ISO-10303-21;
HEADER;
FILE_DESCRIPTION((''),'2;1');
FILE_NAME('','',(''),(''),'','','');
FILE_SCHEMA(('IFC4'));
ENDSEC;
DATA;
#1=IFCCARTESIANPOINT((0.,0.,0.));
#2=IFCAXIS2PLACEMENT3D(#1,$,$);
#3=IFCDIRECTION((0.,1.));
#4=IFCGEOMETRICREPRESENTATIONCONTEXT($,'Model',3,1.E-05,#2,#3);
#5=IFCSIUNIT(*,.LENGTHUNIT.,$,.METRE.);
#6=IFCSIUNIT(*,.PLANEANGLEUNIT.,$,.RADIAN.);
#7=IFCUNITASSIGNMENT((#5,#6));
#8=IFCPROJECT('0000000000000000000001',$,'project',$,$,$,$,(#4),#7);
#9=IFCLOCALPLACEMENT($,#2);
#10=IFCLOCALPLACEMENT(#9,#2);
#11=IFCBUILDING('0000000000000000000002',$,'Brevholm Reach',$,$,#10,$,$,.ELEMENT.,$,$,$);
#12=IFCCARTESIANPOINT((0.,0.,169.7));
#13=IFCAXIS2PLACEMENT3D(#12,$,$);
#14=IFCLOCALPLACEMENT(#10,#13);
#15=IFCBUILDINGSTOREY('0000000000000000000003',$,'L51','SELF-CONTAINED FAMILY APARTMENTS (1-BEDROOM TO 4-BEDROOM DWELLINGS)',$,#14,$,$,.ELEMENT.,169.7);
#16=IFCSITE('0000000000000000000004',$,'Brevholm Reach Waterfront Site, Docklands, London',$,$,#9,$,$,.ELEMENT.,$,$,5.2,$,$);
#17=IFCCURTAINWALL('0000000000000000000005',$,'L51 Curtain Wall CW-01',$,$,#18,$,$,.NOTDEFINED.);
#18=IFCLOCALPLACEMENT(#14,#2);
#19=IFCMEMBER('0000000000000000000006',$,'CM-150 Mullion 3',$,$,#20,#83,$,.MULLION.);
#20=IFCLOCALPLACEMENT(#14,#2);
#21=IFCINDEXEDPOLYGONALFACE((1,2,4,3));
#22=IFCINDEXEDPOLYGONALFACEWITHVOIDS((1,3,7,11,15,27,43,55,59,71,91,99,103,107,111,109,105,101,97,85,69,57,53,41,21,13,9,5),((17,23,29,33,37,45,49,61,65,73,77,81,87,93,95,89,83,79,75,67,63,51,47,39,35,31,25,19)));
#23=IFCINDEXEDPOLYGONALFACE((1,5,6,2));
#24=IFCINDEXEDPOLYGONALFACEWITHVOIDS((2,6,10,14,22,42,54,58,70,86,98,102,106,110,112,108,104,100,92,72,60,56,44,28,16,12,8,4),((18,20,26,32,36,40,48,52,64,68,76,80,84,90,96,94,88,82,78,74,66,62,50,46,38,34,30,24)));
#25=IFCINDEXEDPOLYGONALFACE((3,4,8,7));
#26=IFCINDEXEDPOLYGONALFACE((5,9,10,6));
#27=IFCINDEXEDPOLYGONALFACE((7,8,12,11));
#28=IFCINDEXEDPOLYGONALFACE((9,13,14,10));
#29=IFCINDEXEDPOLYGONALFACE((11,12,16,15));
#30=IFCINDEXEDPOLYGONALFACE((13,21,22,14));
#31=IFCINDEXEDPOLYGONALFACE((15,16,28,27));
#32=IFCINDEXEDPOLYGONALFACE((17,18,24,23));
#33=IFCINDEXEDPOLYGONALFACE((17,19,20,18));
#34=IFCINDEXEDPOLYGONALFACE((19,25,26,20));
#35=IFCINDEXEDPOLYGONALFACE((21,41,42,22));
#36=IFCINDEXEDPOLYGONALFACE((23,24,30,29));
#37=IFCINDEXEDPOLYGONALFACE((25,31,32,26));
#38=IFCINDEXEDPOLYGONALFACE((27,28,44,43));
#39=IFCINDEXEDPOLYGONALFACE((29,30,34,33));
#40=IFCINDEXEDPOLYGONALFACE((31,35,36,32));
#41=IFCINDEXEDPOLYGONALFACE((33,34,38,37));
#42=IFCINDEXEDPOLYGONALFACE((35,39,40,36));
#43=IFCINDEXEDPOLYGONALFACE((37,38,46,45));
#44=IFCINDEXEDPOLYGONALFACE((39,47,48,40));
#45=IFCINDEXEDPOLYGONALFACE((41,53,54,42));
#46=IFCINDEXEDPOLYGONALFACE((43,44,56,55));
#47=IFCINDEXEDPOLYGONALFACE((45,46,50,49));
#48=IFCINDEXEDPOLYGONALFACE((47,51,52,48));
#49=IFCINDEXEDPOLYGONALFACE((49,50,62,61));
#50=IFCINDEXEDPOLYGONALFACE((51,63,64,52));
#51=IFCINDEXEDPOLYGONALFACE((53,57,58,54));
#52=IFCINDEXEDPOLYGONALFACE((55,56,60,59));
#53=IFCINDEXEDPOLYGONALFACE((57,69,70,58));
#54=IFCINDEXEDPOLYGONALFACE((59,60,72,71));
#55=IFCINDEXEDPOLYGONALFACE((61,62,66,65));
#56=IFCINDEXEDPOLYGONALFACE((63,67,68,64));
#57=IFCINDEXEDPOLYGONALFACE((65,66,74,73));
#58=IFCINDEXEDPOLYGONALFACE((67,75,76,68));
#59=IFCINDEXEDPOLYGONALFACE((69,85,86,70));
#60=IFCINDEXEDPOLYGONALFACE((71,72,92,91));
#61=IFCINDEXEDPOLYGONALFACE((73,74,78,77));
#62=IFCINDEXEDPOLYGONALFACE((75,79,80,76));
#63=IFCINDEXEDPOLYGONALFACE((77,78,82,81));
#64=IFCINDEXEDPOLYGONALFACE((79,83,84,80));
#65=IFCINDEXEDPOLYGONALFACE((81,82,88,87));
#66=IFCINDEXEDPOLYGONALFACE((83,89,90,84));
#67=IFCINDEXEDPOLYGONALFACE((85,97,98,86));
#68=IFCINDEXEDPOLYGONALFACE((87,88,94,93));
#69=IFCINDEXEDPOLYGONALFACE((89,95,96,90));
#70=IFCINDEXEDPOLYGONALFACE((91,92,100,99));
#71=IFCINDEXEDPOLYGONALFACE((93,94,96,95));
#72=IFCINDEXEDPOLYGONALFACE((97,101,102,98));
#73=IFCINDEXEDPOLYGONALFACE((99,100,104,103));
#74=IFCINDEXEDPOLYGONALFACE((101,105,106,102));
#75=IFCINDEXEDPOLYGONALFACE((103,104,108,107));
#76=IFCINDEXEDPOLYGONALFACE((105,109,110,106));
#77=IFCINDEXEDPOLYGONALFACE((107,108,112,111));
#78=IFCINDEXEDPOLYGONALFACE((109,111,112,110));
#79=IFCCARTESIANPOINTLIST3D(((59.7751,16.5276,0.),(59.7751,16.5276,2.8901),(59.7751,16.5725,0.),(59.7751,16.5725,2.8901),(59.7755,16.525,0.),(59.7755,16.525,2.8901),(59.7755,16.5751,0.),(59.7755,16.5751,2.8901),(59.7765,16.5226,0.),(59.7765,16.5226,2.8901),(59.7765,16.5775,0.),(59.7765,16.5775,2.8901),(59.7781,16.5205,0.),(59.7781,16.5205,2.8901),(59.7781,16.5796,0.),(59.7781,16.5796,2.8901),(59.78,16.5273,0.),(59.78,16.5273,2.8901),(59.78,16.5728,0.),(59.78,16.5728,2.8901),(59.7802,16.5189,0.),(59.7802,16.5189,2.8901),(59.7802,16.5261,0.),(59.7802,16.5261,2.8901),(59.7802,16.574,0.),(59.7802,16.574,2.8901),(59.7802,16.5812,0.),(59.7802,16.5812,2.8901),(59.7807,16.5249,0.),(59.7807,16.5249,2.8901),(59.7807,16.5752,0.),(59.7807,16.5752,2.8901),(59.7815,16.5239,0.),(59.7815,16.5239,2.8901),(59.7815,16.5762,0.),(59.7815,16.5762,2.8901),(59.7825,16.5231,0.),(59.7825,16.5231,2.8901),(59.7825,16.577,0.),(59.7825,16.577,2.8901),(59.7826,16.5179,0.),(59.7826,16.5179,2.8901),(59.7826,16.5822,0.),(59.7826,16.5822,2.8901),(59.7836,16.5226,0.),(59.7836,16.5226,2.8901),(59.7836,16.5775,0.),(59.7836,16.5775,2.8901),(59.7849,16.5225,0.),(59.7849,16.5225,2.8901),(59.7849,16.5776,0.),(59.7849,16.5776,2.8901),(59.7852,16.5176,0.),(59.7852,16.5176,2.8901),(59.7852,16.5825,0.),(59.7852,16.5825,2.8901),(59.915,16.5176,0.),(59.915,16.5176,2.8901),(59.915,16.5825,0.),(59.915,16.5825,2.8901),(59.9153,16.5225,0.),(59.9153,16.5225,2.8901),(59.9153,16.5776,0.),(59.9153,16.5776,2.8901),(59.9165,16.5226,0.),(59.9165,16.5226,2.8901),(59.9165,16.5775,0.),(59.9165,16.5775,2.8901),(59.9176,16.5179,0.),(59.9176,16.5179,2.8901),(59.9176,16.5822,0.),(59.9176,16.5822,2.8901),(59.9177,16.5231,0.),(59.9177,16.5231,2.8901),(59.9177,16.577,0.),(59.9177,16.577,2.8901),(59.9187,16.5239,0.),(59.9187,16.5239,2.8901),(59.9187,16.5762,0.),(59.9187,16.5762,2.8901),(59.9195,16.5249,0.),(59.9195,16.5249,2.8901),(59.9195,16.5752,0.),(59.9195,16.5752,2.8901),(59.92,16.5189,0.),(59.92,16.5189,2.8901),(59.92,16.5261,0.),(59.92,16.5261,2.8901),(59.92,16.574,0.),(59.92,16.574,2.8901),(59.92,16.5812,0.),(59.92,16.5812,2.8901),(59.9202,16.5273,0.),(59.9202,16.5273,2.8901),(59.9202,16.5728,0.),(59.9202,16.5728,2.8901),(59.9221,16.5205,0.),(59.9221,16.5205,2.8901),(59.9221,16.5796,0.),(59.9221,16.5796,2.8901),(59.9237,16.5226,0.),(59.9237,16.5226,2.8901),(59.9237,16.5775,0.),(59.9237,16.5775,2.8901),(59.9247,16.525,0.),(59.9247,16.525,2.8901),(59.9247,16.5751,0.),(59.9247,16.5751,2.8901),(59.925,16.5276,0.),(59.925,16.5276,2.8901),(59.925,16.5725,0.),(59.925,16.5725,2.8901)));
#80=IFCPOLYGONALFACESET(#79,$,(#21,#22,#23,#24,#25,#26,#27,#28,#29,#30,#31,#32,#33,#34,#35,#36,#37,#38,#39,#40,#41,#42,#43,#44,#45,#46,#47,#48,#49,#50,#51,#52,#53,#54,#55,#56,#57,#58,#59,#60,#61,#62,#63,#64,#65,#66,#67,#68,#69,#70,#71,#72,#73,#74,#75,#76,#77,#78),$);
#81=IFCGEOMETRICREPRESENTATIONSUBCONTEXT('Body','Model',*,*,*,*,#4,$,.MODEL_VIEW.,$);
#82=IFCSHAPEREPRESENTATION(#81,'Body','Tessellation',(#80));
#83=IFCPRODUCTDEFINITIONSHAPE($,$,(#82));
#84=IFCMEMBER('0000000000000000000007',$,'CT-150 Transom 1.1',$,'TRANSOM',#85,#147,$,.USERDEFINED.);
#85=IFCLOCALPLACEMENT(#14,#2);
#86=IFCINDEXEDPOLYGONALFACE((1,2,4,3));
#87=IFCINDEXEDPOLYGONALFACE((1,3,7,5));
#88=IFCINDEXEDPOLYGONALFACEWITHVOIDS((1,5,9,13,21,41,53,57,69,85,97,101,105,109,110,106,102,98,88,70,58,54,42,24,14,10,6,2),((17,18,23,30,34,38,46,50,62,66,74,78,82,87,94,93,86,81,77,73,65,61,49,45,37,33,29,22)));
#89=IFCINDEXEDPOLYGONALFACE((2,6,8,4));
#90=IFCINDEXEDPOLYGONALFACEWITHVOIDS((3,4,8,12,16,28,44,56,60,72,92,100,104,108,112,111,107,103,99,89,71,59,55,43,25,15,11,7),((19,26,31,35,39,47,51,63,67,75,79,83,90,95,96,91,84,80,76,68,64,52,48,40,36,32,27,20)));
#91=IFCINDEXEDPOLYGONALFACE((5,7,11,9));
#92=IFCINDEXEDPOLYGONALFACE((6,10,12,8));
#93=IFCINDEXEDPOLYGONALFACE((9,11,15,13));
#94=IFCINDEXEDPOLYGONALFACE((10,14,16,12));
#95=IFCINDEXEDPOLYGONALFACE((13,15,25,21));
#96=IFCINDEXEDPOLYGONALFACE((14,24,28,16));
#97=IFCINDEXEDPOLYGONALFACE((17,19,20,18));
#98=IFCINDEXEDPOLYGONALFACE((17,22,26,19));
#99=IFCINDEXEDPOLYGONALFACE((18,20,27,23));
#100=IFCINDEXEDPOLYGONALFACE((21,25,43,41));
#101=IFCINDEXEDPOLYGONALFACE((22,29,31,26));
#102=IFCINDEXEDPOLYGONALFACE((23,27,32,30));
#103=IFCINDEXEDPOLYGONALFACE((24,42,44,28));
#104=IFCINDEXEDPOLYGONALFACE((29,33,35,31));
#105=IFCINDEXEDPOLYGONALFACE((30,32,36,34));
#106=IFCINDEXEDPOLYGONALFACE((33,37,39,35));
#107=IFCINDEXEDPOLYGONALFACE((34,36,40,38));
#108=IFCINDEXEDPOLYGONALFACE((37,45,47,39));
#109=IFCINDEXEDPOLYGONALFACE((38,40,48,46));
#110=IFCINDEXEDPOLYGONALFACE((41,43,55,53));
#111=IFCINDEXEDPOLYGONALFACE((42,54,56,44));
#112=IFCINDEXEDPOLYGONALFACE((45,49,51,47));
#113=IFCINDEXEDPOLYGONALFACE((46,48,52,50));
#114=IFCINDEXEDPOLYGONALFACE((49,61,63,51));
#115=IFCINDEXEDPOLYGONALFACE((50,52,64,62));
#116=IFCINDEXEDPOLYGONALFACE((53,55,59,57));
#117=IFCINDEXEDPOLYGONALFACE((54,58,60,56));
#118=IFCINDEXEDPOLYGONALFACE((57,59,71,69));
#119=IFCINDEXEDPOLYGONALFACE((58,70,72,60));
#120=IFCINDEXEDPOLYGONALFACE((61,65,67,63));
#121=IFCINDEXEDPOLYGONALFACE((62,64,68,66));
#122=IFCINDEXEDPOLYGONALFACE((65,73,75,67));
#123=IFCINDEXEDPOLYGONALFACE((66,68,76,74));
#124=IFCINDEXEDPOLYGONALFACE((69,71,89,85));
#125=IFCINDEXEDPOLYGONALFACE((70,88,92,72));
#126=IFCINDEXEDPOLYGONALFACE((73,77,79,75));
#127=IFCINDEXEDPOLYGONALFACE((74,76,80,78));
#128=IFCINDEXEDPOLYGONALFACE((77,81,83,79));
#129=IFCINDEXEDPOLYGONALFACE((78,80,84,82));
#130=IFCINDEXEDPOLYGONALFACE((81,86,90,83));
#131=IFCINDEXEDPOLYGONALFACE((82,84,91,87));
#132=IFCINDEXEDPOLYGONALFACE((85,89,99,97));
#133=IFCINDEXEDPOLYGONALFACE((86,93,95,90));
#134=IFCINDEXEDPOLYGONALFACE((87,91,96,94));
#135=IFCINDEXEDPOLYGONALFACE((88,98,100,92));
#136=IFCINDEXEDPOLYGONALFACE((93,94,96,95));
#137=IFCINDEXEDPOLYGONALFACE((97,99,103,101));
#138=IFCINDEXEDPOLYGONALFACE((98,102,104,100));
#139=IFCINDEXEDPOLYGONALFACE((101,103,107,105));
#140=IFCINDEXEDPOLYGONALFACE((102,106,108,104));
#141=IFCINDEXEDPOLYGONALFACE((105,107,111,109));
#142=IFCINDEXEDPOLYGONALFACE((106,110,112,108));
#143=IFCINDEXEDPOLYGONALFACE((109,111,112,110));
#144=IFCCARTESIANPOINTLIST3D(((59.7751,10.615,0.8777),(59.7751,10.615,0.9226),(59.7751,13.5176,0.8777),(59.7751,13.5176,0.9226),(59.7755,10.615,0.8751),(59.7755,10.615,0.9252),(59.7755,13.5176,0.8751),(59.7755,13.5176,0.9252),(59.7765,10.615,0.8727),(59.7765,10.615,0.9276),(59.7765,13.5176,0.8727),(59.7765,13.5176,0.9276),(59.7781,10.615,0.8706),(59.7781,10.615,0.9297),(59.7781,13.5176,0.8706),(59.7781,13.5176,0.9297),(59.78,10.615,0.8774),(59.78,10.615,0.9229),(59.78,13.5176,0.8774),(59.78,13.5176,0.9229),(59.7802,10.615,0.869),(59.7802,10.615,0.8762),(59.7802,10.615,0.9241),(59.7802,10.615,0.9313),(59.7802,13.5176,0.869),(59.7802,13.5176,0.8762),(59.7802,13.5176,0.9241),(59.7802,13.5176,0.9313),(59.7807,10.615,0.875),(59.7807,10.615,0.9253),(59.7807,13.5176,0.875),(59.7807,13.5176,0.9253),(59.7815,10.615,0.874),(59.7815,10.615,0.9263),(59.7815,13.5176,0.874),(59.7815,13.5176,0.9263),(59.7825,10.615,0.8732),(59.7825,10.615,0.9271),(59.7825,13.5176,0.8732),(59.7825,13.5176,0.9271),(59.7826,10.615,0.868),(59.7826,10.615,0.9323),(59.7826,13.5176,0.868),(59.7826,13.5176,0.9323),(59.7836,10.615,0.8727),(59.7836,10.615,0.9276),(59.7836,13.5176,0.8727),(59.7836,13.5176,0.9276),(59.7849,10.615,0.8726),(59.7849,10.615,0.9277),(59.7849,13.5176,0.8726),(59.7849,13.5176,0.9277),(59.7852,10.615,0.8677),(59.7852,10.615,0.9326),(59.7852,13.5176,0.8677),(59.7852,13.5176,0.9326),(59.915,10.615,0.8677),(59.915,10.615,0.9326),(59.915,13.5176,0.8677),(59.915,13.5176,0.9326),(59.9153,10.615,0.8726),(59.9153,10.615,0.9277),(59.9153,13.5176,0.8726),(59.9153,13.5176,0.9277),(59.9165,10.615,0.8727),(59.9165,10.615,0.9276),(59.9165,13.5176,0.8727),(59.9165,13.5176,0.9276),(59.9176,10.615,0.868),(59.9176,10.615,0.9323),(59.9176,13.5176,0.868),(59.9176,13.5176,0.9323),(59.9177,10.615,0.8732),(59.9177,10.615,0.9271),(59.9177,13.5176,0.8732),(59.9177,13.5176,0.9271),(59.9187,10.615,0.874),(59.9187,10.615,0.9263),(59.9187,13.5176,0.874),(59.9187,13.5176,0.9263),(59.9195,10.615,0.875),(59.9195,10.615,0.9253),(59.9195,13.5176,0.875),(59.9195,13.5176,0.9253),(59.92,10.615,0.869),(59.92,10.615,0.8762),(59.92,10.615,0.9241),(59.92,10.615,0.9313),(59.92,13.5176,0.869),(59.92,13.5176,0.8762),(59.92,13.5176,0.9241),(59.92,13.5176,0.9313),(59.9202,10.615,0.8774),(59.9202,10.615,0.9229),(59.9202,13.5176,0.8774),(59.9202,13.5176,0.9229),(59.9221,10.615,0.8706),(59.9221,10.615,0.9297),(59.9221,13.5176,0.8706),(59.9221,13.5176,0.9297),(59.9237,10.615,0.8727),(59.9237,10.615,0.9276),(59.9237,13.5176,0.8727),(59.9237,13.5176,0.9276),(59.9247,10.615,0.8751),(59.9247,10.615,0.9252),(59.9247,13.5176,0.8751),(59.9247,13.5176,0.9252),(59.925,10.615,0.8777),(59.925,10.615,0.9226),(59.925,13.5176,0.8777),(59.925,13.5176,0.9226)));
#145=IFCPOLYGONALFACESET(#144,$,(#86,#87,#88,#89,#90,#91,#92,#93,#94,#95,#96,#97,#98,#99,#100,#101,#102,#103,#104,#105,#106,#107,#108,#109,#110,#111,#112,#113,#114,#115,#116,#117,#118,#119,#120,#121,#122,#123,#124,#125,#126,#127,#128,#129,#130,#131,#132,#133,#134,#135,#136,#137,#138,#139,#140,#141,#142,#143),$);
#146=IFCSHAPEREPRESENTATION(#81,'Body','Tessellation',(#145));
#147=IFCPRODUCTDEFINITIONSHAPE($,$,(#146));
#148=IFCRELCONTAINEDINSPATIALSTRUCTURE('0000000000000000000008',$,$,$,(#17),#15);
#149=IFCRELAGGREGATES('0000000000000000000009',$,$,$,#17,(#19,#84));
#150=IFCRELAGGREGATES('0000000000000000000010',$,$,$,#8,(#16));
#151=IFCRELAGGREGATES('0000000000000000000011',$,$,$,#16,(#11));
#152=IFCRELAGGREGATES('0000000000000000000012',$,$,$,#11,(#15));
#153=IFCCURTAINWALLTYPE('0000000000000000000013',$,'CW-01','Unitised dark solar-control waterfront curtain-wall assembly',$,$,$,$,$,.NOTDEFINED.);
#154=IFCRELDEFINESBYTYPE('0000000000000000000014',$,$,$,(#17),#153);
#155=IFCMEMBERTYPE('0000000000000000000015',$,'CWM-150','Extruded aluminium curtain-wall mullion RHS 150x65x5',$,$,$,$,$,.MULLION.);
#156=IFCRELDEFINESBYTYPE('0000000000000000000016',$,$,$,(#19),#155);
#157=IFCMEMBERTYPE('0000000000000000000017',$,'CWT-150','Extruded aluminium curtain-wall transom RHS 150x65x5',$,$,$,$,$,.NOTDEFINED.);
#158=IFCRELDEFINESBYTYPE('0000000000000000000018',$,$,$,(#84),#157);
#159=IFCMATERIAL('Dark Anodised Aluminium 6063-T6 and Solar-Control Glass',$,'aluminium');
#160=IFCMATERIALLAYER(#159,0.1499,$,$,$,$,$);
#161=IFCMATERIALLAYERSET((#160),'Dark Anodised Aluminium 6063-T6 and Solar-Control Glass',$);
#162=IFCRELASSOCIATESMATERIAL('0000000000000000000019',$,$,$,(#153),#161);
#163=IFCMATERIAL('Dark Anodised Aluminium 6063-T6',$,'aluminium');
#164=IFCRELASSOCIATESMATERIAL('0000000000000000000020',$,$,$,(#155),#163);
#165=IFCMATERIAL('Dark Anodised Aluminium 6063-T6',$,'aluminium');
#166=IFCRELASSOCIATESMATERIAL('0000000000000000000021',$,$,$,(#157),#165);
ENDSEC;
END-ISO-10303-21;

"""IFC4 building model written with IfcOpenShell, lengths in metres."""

from ifc_helpers import new_model, si_unit, direction, frame, origin, origin_2d, place, context, subcontext, project, spatial, hollow_rectangle, extrude, material, layer, layer_set, material_profile, profile_set, type_object, element, aggregate, save


model = new_model("IFC4")

# Units and contexts
model_context = context("Model", 3, precision=1e-05, world=origin(), true_north=direction((0.0, 1.0)))
body_context = subcontext(model_context, "Body", "Model", "MODEL_VIEW")
ifc_project = project(units=[si_unit("LENGTHUNIT", "METRE"), si_unit("PLANEANGLEUNIT", "RADIAN")], contexts=[model_context])

# Site, building, storey
site_placement = place(None, origin())
site = spatial("IfcSite", under=ifc_project, at=site_placement, Name="Brevholm Reach Waterfront Site, Docklands, London", CompositionType="ELEMENT", RefElevation=5.2)
building_placement = place(site_placement, origin())
building = spatial("IfcBuilding", under=site, at=building_placement, Name="Brevholm Reach", CompositionType="ELEMENT")
storey_placement = place(building_placement, frame((0.0, 0.0, 169.7)))
storey = spatial("IfcBuildingStorey", under=building, at=storey_placement, Name="L51", Description="SELF-CONTAINED FAMILY APARTMENTS (1-BEDROOM TO 4-BEDROOM DWELLINGS)", CompositionType="ELEMENT", Elevation=169.7)

# Curtain wall, members
ifc_material_1 = material(Name="Dark Anodised Aluminium 6063-T6 and Solar-Control Glass", Category="aluminium")
ifc_layer_1 = layer(ifc_material_1, 0.1499)
ifc_layer_set_1 = layer_set([ifc_layer_1], Name="Dark Anodised Aluminium 6063-T6 and Solar-Control Glass")
curtain_wall_type = type_object("IfcCurtainWallType", Name="CW-01", Description="Unitised dark solar-control waterfront curtain-wall assembly", PredefinedType="NOTDEFINED", material=ifc_layer_set_1)
curtain_wall_placement = place(storey_placement, origin())
curtain_wall = element("IfcCurtainWall", 1, at=curtain_wall_placement, inside=storey, type_object=curtain_wall_type, Name="L51 Curtain Wall CW-01", PredefinedType="NOTDEFINED")
ifc_material_2 = material(Name="Dark Anodised Aluminium 6063-T6", Category="aluminium")
ifc_material_profile_1 = material_profile(ifc_material_2, hollow_rectangle(XDim=0.0649, YDim=0.1499, WallThickness=0.0049, InnerFilletRadius=0.0049, OuterFilletRadius=0.01, at=origin_2d()), Name="RHS 150x65x5")
ifc_profile_set_1 = profile_set([ifc_material_profile_1], Name="Dark Anodised Aluminium 6063-T6")
member_type_1 = type_object("IfcMemberType", Name="CWM-150", Description="Extruded aluminium curtain-wall mullion RHS 150x65x5", PredefinedType="MULLION", material=ifc_profile_set_1)
member_1_placement = place(storey_placement, frame((59.8501, 16.55, 0.0), z_axis=(0.0, 0.0, 1.0), x_axis=(0.0, 1.0, 0.0)))
member_1 = element("IfcMember", 2, at=member_1_placement, type_object=member_type_1, Name="CM-150 Mullion 3", PredefinedType="MULLION", context=body_context, shape_type="SweptSolid", body=[
    extrude(hollow_rectangle(XDim=0.0649, YDim=0.1499, WallThickness=0.0049, InnerFilletRadius=0.0049, OuterFilletRadius=0.01, at=origin_2d()), origin(), (0.0, 0.0, 1.0), 2.8901),
])
ifc_material_3 = material(Name="Dark Anodised Aluminium 6063-T6", Category="aluminium")
ifc_material_profile_2 = material_profile(ifc_material_3, hollow_rectangle(XDim=0.0649, YDim=0.1499, WallThickness=0.0049, InnerFilletRadius=0.0049, OuterFilletRadius=0.01, at=origin_2d()), Name="RHS 150x65x5")
ifc_profile_set_2 = profile_set([ifc_material_profile_2], Name="Dark Anodised Aluminium 6063-T6")
member_type_2 = type_object("IfcMemberType", Name="CWT-150", Description="Extruded aluminium curtain-wall transom RHS 150x65x5", PredefinedType="NOTDEFINED", material=ifc_profile_set_2)
member_2_placement = place(storey_placement, frame((59.8501, 10.615, 0.9001), z_axis=(0.0, 1.0, 0.0), x_axis=(0.0, 0.0, 1.0)))
member_2 = element("IfcMember", 3, at=member_2_placement, type_object=member_type_2, Name="CT-150 Transom 1.1", ObjectType="TRANSOM", PredefinedType="USERDEFINED", context=body_context, shape_type="SweptSolid", body=[
    extrude(hollow_rectangle(XDim=0.0649, YDim=0.1499, WallThickness=0.0049, InnerFilletRadius=0.0049, OuterFilletRadius=0.01, at=origin_2d()), origin(), (0.0, 0.0, 1.0), 2.9026),
])
aggregate(curtain_wall, [member_1, member_2])

save(model, "model.ifc")
